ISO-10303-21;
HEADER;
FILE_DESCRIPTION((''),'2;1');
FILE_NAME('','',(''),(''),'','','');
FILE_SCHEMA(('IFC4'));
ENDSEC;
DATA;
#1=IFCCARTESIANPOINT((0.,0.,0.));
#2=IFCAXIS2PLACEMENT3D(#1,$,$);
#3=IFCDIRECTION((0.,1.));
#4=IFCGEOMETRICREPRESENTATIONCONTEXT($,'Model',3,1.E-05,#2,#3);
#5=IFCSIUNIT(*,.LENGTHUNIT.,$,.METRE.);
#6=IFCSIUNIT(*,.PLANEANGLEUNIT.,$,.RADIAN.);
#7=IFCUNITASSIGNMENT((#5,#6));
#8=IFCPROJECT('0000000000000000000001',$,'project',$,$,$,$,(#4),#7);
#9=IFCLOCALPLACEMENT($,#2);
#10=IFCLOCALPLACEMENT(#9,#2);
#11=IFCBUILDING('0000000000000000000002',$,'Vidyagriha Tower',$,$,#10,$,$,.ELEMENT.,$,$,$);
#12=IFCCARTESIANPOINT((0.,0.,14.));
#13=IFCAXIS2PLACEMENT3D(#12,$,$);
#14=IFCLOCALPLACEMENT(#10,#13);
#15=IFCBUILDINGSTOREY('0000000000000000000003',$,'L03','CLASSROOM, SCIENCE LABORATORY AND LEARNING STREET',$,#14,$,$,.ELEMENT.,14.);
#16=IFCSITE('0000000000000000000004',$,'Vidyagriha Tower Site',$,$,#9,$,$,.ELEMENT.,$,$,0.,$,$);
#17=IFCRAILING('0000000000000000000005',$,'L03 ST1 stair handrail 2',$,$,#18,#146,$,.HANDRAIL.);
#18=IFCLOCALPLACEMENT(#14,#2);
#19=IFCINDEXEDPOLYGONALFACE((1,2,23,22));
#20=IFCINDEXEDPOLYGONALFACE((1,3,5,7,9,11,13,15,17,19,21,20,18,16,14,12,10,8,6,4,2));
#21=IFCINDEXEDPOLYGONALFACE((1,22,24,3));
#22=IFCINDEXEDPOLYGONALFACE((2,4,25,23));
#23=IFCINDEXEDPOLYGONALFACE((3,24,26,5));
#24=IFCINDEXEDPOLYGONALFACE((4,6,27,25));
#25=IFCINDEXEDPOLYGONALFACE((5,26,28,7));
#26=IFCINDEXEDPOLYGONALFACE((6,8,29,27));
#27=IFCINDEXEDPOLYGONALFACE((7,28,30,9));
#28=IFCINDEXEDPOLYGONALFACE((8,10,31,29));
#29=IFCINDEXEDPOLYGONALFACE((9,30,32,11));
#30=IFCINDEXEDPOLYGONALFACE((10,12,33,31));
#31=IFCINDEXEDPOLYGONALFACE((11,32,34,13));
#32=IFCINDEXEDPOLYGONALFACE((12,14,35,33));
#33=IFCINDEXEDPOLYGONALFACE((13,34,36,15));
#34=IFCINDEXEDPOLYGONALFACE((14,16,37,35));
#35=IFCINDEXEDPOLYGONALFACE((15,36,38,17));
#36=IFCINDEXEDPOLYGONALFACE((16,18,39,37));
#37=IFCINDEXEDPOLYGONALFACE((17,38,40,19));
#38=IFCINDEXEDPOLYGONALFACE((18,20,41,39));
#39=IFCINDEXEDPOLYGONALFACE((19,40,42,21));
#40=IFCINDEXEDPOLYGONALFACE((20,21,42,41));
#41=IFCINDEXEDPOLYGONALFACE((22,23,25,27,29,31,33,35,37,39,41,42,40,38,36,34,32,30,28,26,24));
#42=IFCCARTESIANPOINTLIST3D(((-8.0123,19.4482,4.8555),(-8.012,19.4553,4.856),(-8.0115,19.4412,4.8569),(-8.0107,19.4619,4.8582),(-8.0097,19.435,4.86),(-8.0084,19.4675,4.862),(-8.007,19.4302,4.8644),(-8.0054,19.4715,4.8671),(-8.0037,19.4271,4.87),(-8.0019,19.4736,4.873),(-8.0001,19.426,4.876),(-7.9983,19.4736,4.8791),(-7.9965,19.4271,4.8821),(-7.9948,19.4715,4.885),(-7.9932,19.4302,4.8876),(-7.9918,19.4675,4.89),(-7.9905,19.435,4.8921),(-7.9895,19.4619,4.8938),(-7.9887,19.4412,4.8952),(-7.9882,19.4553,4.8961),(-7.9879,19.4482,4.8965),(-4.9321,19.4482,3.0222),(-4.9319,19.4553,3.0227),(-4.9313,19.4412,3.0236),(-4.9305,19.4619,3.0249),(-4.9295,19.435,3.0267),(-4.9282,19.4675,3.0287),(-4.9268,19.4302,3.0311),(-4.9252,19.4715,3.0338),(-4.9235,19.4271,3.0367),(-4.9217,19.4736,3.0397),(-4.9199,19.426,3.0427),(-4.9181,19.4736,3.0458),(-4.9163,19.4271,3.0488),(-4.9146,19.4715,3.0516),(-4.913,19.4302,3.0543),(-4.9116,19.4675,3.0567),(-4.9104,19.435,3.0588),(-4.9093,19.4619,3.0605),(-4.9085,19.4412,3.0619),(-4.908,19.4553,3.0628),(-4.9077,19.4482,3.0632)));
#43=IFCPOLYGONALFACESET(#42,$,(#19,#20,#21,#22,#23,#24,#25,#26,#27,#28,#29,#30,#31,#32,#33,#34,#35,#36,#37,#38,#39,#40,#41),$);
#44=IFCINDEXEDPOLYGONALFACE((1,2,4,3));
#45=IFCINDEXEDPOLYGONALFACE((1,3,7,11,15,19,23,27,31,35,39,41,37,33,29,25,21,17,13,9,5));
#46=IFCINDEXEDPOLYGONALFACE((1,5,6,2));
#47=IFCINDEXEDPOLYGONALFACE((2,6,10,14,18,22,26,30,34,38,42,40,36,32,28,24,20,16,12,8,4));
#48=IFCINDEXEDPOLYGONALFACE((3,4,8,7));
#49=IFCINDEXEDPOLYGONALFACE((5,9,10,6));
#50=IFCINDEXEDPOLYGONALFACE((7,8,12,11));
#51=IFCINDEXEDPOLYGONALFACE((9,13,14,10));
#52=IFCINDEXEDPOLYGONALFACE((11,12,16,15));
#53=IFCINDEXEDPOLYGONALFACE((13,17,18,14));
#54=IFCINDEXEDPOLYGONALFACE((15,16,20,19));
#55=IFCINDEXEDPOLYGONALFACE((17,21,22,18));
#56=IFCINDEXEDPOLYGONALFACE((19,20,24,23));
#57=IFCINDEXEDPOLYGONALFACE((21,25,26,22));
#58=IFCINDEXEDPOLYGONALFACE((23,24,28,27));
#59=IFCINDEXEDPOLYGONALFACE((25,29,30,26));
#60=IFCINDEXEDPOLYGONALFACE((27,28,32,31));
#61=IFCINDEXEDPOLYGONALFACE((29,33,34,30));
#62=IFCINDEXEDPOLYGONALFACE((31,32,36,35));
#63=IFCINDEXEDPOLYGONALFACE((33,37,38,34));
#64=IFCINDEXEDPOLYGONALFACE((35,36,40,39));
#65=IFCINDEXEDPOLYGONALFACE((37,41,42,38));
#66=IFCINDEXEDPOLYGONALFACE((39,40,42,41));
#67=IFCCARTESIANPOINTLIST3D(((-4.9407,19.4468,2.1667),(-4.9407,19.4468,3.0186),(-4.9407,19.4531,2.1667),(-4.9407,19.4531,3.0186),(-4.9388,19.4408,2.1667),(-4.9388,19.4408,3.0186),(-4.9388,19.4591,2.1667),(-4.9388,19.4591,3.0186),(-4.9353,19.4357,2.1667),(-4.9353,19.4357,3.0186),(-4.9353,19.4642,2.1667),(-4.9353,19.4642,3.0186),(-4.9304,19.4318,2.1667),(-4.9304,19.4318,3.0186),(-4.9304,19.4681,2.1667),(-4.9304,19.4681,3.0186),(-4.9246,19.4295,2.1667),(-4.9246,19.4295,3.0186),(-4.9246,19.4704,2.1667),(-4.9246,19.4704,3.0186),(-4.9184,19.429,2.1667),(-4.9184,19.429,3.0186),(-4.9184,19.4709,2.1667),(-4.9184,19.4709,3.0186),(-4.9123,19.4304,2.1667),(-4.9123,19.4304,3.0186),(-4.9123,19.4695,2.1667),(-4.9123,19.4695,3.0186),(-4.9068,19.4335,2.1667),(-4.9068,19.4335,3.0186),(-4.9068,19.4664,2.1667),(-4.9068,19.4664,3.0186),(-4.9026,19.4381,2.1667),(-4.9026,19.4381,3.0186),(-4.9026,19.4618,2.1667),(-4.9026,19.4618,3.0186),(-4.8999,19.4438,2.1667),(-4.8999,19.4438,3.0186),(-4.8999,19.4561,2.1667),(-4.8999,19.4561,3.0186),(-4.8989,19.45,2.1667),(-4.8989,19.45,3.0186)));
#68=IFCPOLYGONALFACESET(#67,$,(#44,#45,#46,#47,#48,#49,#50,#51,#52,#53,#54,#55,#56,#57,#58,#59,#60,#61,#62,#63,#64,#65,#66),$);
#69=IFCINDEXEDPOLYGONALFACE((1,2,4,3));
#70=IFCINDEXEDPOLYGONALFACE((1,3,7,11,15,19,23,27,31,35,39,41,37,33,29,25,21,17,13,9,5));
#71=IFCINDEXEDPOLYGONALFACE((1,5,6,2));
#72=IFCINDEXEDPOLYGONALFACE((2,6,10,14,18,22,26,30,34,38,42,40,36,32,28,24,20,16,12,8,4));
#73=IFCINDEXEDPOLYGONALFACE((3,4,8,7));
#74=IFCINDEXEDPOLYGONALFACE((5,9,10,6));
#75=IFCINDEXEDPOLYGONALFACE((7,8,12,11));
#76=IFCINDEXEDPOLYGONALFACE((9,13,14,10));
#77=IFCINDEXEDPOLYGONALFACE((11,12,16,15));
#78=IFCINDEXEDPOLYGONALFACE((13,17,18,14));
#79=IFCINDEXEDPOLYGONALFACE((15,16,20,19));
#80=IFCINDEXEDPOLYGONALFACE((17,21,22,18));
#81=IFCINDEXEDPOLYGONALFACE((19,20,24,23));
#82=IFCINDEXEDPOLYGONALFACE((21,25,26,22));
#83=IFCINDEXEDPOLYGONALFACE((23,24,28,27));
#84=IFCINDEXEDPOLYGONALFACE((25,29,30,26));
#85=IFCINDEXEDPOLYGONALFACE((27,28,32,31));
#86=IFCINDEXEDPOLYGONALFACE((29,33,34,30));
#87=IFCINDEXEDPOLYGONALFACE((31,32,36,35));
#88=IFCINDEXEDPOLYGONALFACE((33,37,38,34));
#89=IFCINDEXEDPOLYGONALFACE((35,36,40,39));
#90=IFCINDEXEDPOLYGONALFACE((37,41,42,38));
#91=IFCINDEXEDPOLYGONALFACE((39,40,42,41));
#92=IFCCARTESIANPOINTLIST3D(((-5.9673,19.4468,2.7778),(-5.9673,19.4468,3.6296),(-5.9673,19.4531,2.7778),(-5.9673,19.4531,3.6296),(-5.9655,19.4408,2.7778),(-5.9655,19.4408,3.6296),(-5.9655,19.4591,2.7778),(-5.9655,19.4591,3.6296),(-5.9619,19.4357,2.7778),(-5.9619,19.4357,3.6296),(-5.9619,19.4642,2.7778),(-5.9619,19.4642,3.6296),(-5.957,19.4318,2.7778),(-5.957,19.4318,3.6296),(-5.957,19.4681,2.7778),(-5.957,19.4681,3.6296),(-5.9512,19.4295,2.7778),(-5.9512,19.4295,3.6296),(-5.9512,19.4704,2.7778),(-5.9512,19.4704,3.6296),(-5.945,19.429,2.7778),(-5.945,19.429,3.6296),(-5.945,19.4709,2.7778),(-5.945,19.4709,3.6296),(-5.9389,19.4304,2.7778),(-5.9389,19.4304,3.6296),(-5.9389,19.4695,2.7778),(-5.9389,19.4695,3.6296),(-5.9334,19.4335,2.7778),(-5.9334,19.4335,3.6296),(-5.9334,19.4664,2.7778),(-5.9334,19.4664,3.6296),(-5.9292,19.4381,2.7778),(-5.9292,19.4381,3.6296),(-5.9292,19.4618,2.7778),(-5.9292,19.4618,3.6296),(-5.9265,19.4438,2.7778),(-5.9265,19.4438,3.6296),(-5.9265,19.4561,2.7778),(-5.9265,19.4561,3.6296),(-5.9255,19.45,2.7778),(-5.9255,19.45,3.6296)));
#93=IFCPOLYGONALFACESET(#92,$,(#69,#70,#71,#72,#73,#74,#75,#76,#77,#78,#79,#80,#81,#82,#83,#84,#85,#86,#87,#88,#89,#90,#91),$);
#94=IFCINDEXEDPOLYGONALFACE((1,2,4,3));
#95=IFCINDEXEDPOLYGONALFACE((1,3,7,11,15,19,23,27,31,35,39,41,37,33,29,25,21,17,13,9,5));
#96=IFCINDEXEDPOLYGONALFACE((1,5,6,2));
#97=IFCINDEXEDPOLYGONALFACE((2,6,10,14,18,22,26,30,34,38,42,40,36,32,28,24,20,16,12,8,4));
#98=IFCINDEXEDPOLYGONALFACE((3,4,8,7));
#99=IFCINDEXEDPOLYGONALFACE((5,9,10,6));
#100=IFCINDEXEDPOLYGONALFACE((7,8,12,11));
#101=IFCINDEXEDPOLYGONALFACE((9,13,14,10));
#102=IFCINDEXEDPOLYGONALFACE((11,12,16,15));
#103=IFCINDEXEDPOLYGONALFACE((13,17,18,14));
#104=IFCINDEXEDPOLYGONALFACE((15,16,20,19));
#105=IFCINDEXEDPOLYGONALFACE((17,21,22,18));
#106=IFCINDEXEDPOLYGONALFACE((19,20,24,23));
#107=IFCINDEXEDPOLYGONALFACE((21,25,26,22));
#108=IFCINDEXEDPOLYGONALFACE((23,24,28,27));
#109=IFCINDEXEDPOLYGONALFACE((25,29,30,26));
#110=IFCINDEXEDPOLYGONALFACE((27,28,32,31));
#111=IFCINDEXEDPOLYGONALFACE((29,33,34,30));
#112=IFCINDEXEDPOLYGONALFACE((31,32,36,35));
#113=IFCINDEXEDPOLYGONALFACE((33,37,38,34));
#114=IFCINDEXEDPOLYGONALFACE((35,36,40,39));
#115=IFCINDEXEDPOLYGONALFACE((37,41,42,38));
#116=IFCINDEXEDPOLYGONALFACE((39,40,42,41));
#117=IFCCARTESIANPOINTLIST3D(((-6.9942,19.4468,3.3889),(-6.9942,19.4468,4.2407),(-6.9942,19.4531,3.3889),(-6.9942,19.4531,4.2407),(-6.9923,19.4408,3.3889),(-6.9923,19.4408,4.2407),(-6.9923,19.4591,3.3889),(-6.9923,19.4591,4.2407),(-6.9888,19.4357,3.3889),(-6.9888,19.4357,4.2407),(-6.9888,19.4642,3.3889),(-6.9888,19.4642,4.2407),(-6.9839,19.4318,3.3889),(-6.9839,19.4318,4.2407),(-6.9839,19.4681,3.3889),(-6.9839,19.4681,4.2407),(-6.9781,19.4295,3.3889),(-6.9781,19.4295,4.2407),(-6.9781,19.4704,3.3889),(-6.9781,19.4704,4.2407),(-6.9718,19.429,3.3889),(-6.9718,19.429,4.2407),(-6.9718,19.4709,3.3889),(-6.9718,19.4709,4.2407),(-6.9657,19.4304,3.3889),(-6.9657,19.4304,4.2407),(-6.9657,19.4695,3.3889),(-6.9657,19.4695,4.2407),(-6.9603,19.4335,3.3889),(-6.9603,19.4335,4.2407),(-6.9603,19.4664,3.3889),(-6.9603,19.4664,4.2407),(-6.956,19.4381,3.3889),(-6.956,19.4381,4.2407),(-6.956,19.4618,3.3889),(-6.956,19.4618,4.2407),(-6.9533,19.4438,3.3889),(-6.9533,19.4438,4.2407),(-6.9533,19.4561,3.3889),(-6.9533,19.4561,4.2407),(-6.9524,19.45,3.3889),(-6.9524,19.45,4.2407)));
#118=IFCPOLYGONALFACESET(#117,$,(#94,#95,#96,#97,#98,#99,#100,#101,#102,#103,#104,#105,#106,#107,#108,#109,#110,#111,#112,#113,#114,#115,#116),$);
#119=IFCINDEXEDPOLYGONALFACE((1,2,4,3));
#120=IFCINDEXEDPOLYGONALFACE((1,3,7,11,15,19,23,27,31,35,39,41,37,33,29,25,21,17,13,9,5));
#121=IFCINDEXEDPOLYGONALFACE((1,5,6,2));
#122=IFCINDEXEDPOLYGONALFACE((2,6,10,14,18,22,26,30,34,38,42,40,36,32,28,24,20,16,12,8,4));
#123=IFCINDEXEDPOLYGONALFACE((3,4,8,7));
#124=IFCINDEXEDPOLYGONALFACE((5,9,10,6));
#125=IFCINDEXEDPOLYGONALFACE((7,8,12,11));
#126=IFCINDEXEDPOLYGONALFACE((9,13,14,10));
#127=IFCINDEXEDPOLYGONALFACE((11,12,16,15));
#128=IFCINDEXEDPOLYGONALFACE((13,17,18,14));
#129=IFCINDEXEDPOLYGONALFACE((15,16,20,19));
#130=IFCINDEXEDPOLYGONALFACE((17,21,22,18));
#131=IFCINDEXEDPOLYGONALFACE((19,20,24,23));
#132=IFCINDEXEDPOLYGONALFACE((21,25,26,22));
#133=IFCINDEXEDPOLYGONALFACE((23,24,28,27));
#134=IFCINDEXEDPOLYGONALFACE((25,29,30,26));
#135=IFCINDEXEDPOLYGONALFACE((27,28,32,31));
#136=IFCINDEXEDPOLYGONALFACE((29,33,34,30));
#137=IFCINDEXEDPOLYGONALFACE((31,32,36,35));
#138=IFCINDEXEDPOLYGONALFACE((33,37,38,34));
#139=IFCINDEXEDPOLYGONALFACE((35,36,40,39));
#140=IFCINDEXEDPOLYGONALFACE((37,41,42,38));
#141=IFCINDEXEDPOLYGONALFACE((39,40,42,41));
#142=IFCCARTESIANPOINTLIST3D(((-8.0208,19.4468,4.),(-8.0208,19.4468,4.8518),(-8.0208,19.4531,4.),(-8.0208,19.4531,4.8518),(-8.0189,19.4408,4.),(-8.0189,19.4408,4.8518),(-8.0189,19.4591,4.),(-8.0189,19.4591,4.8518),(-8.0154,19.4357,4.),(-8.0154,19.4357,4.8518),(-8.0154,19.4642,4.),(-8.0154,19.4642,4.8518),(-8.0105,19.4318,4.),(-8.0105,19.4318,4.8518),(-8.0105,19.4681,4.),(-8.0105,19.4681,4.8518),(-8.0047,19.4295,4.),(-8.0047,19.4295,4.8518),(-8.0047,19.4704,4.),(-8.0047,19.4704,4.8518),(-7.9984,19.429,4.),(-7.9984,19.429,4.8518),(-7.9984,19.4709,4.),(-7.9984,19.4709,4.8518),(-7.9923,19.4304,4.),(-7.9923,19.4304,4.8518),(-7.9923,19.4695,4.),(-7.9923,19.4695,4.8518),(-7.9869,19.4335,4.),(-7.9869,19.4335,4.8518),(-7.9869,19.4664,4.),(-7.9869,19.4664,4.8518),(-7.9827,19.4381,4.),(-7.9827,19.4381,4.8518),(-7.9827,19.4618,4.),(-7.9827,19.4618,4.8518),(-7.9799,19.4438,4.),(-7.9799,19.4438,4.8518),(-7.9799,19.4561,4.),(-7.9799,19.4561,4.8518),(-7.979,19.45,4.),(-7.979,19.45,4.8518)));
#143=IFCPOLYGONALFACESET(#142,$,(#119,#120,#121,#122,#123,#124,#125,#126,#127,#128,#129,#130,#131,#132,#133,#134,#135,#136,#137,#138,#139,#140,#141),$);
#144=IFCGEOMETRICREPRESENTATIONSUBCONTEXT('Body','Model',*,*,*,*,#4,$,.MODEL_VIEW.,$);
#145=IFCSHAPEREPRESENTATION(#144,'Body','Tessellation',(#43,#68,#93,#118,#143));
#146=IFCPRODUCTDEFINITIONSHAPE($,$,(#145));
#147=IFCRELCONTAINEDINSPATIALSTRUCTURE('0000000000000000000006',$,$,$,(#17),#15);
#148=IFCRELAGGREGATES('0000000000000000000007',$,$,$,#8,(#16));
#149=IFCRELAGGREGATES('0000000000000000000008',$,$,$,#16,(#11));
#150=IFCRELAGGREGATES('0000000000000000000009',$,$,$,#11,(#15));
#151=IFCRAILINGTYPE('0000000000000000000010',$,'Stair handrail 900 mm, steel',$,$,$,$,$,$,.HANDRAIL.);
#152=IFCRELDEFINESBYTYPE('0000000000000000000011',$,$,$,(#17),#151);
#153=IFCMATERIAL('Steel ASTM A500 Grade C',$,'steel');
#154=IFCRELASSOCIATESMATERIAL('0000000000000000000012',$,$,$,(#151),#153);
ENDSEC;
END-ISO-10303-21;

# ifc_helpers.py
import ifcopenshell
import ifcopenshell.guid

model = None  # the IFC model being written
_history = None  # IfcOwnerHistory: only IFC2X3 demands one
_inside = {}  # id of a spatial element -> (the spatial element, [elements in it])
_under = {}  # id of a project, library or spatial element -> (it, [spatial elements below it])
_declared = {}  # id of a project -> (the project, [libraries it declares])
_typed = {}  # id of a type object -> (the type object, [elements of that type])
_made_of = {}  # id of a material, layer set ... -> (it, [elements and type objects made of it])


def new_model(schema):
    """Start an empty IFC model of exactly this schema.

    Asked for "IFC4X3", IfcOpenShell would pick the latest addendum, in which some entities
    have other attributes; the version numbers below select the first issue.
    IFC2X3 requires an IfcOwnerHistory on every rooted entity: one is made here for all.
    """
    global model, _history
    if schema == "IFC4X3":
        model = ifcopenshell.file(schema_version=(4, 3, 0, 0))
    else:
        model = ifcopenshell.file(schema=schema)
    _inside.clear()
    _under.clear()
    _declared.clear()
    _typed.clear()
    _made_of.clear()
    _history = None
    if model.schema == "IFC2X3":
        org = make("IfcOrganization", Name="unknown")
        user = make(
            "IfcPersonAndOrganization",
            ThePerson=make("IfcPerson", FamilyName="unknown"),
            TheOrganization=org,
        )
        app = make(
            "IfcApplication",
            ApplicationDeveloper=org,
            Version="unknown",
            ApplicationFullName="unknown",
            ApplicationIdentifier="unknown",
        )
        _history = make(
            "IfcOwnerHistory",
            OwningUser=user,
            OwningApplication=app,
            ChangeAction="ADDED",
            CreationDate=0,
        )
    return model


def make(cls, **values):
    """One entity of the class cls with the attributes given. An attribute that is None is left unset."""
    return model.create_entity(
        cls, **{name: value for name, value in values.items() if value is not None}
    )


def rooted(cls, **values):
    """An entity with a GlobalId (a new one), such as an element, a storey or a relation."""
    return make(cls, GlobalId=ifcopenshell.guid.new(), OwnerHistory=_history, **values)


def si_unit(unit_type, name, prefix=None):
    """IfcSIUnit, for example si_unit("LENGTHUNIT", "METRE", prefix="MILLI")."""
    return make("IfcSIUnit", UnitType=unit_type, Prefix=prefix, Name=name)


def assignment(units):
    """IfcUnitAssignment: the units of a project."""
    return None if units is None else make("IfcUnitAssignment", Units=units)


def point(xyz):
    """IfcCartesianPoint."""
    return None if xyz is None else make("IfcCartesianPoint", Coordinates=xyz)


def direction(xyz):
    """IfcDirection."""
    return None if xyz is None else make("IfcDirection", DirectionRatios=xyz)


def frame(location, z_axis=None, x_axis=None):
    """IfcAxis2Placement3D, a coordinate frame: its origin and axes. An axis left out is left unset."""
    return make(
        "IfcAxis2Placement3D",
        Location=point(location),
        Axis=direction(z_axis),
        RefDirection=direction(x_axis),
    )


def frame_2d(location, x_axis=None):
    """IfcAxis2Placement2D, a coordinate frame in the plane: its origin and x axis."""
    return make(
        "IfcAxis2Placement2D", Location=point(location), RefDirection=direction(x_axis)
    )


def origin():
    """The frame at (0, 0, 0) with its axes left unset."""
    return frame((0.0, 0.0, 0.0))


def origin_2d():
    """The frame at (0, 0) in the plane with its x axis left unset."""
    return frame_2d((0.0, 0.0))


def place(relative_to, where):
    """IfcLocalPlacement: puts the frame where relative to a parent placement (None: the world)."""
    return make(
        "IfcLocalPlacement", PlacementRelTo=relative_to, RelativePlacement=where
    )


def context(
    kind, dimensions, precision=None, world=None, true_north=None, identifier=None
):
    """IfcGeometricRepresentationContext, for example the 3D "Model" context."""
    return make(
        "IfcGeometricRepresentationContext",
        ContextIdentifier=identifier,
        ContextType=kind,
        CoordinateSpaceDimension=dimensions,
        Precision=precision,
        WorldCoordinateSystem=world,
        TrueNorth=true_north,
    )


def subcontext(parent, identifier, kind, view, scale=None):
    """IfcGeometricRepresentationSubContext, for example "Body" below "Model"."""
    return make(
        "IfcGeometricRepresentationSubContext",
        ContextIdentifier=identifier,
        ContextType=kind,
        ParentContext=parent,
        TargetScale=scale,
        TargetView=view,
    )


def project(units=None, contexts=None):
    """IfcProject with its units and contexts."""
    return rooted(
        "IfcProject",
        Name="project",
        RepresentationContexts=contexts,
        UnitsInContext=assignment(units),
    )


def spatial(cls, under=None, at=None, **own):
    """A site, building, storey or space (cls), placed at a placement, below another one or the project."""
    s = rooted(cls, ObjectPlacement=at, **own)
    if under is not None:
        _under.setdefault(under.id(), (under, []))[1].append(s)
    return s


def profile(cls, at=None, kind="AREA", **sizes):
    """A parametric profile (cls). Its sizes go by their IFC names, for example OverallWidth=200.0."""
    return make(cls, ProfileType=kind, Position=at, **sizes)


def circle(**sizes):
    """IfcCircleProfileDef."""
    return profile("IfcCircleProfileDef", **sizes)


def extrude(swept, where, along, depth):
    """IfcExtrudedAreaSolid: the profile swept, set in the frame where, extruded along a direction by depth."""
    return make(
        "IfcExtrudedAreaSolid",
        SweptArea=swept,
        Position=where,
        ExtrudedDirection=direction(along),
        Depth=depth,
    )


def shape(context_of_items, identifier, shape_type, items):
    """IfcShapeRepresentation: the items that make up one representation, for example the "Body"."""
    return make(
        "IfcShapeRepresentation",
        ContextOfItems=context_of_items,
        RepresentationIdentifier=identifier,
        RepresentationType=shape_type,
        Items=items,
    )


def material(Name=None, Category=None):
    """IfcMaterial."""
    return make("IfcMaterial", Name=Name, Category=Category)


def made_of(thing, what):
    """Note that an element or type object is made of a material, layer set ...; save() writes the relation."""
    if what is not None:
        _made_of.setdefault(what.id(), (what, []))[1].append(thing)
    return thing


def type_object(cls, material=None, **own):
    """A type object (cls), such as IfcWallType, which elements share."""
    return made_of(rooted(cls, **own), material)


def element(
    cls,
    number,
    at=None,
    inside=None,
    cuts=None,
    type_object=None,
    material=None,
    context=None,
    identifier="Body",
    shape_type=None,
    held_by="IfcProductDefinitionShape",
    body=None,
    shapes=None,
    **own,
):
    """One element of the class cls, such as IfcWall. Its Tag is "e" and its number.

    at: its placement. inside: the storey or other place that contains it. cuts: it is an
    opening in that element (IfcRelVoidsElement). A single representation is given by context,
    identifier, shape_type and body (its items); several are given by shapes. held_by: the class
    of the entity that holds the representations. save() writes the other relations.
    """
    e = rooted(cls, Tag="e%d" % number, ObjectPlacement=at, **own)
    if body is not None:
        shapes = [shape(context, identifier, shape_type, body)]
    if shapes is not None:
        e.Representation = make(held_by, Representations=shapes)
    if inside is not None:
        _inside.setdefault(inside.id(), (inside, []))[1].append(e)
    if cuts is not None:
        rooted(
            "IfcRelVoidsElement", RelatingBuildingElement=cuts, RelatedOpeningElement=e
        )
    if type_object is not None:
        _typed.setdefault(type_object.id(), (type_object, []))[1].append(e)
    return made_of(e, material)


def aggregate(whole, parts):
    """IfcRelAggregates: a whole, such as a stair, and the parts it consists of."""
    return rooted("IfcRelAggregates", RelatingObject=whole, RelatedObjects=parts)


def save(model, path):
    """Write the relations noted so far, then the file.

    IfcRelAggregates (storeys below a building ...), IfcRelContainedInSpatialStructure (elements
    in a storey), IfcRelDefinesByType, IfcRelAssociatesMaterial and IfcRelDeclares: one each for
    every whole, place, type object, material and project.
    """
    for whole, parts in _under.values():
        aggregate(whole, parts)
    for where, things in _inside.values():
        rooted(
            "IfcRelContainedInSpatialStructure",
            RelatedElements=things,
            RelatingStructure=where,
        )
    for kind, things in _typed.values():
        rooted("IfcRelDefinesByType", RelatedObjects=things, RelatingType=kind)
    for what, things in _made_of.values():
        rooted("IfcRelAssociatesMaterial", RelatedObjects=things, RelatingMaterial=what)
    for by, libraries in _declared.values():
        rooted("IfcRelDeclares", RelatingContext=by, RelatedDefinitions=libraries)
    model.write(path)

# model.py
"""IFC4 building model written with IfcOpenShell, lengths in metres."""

from ifc_helpers import new_model, si_unit, direction, frame, origin, origin_2d, place, context, subcontext, project, spatial, circle, extrude, material, type_object, element, save


model = new_model("IFC4")

# Units and contexts
model_context = context("Model", 3, precision=1e-05, world=origin(), true_north=direction((0.0, 1.0)))
body_context = subcontext(model_context, "Body", "Model", "MODEL_VIEW")
ifc_project = project(units=[si_unit("LENGTHUNIT", "METRE"), si_unit("PLANEANGLEUNIT", "RADIAN")], contexts=[model_context])

# Site, building, storey
site_placement = place(None, origin())
site = spatial("IfcSite", under=ifc_project, at=site_placement, Name="Vidyagriha Tower Site", CompositionType="ELEMENT", RefElevation=0.0)
building_placement = place(site_placement, origin())
building = spatial("IfcBuilding", under=site, at=building_placement, Name="Vidyagriha Tower", CompositionType="ELEMENT")
storey_placement = place(building_placement, frame((0.0, 0.0, 14.0)))
storey = spatial("IfcBuildingStorey", under=building, at=storey_placement, Name="L03", Description="CLASSROOM, SCIENCE LABORATORY AND LEARNING STREET", CompositionType="ELEMENT", Elevation=14.0)

# Railing
ifc_material_1 = material(Name="Steel ASTM A500 Grade C", Category="steel")
railing_type_1 = type_object("IfcRailingType", Name="Stair handrail 900 mm, steel", PredefinedType="HANDRAIL", material=ifc_material_1)
railing_1_placement = place(storey_placement, frame((-4.9199, 19.45, 2.1667)))
element("IfcRailing", 1, at=railing_1_placement, inside=storey, type_object=railing_type_1, Name="L03 ST1 stair handrail 2", PredefinedType="HANDRAIL", context=body_context, shape_type="SweptSolid", body=[
    extrude(circle(Radius=0.0239, at=origin_2d()), frame((0.0, 0.0, 0.876), z_axis=(-0.859309, 0.0, 0.511458), x_axis=(0.0, -1.0, 0.0)), (0.0, 0.0, 1.0), 3.5845),
    extrude(circle(Radius=0.021, at=origin_2d()), origin(), (0.0, 0.0, 1.0), 0.8518),
    extrude(circle(Radius=0.021, at=origin_2d()), frame((-1.0266, 0.0, 0.6111)), (0.0, 0.0, 1.0), 0.8518),
    extrude(circle(Radius=0.021, at=origin_2d()), frame((-2.0535, 0.0, 1.2222)), (0.0, 0.0, 1.0), 0.8518),
    extrude(circle(Radius=0.021, at=origin_2d()), frame((-3.0801, 0.0, 1.8333)), (0.0, 0.0, 1.0), 0.8518),
])

save(model, "model.ifc")
